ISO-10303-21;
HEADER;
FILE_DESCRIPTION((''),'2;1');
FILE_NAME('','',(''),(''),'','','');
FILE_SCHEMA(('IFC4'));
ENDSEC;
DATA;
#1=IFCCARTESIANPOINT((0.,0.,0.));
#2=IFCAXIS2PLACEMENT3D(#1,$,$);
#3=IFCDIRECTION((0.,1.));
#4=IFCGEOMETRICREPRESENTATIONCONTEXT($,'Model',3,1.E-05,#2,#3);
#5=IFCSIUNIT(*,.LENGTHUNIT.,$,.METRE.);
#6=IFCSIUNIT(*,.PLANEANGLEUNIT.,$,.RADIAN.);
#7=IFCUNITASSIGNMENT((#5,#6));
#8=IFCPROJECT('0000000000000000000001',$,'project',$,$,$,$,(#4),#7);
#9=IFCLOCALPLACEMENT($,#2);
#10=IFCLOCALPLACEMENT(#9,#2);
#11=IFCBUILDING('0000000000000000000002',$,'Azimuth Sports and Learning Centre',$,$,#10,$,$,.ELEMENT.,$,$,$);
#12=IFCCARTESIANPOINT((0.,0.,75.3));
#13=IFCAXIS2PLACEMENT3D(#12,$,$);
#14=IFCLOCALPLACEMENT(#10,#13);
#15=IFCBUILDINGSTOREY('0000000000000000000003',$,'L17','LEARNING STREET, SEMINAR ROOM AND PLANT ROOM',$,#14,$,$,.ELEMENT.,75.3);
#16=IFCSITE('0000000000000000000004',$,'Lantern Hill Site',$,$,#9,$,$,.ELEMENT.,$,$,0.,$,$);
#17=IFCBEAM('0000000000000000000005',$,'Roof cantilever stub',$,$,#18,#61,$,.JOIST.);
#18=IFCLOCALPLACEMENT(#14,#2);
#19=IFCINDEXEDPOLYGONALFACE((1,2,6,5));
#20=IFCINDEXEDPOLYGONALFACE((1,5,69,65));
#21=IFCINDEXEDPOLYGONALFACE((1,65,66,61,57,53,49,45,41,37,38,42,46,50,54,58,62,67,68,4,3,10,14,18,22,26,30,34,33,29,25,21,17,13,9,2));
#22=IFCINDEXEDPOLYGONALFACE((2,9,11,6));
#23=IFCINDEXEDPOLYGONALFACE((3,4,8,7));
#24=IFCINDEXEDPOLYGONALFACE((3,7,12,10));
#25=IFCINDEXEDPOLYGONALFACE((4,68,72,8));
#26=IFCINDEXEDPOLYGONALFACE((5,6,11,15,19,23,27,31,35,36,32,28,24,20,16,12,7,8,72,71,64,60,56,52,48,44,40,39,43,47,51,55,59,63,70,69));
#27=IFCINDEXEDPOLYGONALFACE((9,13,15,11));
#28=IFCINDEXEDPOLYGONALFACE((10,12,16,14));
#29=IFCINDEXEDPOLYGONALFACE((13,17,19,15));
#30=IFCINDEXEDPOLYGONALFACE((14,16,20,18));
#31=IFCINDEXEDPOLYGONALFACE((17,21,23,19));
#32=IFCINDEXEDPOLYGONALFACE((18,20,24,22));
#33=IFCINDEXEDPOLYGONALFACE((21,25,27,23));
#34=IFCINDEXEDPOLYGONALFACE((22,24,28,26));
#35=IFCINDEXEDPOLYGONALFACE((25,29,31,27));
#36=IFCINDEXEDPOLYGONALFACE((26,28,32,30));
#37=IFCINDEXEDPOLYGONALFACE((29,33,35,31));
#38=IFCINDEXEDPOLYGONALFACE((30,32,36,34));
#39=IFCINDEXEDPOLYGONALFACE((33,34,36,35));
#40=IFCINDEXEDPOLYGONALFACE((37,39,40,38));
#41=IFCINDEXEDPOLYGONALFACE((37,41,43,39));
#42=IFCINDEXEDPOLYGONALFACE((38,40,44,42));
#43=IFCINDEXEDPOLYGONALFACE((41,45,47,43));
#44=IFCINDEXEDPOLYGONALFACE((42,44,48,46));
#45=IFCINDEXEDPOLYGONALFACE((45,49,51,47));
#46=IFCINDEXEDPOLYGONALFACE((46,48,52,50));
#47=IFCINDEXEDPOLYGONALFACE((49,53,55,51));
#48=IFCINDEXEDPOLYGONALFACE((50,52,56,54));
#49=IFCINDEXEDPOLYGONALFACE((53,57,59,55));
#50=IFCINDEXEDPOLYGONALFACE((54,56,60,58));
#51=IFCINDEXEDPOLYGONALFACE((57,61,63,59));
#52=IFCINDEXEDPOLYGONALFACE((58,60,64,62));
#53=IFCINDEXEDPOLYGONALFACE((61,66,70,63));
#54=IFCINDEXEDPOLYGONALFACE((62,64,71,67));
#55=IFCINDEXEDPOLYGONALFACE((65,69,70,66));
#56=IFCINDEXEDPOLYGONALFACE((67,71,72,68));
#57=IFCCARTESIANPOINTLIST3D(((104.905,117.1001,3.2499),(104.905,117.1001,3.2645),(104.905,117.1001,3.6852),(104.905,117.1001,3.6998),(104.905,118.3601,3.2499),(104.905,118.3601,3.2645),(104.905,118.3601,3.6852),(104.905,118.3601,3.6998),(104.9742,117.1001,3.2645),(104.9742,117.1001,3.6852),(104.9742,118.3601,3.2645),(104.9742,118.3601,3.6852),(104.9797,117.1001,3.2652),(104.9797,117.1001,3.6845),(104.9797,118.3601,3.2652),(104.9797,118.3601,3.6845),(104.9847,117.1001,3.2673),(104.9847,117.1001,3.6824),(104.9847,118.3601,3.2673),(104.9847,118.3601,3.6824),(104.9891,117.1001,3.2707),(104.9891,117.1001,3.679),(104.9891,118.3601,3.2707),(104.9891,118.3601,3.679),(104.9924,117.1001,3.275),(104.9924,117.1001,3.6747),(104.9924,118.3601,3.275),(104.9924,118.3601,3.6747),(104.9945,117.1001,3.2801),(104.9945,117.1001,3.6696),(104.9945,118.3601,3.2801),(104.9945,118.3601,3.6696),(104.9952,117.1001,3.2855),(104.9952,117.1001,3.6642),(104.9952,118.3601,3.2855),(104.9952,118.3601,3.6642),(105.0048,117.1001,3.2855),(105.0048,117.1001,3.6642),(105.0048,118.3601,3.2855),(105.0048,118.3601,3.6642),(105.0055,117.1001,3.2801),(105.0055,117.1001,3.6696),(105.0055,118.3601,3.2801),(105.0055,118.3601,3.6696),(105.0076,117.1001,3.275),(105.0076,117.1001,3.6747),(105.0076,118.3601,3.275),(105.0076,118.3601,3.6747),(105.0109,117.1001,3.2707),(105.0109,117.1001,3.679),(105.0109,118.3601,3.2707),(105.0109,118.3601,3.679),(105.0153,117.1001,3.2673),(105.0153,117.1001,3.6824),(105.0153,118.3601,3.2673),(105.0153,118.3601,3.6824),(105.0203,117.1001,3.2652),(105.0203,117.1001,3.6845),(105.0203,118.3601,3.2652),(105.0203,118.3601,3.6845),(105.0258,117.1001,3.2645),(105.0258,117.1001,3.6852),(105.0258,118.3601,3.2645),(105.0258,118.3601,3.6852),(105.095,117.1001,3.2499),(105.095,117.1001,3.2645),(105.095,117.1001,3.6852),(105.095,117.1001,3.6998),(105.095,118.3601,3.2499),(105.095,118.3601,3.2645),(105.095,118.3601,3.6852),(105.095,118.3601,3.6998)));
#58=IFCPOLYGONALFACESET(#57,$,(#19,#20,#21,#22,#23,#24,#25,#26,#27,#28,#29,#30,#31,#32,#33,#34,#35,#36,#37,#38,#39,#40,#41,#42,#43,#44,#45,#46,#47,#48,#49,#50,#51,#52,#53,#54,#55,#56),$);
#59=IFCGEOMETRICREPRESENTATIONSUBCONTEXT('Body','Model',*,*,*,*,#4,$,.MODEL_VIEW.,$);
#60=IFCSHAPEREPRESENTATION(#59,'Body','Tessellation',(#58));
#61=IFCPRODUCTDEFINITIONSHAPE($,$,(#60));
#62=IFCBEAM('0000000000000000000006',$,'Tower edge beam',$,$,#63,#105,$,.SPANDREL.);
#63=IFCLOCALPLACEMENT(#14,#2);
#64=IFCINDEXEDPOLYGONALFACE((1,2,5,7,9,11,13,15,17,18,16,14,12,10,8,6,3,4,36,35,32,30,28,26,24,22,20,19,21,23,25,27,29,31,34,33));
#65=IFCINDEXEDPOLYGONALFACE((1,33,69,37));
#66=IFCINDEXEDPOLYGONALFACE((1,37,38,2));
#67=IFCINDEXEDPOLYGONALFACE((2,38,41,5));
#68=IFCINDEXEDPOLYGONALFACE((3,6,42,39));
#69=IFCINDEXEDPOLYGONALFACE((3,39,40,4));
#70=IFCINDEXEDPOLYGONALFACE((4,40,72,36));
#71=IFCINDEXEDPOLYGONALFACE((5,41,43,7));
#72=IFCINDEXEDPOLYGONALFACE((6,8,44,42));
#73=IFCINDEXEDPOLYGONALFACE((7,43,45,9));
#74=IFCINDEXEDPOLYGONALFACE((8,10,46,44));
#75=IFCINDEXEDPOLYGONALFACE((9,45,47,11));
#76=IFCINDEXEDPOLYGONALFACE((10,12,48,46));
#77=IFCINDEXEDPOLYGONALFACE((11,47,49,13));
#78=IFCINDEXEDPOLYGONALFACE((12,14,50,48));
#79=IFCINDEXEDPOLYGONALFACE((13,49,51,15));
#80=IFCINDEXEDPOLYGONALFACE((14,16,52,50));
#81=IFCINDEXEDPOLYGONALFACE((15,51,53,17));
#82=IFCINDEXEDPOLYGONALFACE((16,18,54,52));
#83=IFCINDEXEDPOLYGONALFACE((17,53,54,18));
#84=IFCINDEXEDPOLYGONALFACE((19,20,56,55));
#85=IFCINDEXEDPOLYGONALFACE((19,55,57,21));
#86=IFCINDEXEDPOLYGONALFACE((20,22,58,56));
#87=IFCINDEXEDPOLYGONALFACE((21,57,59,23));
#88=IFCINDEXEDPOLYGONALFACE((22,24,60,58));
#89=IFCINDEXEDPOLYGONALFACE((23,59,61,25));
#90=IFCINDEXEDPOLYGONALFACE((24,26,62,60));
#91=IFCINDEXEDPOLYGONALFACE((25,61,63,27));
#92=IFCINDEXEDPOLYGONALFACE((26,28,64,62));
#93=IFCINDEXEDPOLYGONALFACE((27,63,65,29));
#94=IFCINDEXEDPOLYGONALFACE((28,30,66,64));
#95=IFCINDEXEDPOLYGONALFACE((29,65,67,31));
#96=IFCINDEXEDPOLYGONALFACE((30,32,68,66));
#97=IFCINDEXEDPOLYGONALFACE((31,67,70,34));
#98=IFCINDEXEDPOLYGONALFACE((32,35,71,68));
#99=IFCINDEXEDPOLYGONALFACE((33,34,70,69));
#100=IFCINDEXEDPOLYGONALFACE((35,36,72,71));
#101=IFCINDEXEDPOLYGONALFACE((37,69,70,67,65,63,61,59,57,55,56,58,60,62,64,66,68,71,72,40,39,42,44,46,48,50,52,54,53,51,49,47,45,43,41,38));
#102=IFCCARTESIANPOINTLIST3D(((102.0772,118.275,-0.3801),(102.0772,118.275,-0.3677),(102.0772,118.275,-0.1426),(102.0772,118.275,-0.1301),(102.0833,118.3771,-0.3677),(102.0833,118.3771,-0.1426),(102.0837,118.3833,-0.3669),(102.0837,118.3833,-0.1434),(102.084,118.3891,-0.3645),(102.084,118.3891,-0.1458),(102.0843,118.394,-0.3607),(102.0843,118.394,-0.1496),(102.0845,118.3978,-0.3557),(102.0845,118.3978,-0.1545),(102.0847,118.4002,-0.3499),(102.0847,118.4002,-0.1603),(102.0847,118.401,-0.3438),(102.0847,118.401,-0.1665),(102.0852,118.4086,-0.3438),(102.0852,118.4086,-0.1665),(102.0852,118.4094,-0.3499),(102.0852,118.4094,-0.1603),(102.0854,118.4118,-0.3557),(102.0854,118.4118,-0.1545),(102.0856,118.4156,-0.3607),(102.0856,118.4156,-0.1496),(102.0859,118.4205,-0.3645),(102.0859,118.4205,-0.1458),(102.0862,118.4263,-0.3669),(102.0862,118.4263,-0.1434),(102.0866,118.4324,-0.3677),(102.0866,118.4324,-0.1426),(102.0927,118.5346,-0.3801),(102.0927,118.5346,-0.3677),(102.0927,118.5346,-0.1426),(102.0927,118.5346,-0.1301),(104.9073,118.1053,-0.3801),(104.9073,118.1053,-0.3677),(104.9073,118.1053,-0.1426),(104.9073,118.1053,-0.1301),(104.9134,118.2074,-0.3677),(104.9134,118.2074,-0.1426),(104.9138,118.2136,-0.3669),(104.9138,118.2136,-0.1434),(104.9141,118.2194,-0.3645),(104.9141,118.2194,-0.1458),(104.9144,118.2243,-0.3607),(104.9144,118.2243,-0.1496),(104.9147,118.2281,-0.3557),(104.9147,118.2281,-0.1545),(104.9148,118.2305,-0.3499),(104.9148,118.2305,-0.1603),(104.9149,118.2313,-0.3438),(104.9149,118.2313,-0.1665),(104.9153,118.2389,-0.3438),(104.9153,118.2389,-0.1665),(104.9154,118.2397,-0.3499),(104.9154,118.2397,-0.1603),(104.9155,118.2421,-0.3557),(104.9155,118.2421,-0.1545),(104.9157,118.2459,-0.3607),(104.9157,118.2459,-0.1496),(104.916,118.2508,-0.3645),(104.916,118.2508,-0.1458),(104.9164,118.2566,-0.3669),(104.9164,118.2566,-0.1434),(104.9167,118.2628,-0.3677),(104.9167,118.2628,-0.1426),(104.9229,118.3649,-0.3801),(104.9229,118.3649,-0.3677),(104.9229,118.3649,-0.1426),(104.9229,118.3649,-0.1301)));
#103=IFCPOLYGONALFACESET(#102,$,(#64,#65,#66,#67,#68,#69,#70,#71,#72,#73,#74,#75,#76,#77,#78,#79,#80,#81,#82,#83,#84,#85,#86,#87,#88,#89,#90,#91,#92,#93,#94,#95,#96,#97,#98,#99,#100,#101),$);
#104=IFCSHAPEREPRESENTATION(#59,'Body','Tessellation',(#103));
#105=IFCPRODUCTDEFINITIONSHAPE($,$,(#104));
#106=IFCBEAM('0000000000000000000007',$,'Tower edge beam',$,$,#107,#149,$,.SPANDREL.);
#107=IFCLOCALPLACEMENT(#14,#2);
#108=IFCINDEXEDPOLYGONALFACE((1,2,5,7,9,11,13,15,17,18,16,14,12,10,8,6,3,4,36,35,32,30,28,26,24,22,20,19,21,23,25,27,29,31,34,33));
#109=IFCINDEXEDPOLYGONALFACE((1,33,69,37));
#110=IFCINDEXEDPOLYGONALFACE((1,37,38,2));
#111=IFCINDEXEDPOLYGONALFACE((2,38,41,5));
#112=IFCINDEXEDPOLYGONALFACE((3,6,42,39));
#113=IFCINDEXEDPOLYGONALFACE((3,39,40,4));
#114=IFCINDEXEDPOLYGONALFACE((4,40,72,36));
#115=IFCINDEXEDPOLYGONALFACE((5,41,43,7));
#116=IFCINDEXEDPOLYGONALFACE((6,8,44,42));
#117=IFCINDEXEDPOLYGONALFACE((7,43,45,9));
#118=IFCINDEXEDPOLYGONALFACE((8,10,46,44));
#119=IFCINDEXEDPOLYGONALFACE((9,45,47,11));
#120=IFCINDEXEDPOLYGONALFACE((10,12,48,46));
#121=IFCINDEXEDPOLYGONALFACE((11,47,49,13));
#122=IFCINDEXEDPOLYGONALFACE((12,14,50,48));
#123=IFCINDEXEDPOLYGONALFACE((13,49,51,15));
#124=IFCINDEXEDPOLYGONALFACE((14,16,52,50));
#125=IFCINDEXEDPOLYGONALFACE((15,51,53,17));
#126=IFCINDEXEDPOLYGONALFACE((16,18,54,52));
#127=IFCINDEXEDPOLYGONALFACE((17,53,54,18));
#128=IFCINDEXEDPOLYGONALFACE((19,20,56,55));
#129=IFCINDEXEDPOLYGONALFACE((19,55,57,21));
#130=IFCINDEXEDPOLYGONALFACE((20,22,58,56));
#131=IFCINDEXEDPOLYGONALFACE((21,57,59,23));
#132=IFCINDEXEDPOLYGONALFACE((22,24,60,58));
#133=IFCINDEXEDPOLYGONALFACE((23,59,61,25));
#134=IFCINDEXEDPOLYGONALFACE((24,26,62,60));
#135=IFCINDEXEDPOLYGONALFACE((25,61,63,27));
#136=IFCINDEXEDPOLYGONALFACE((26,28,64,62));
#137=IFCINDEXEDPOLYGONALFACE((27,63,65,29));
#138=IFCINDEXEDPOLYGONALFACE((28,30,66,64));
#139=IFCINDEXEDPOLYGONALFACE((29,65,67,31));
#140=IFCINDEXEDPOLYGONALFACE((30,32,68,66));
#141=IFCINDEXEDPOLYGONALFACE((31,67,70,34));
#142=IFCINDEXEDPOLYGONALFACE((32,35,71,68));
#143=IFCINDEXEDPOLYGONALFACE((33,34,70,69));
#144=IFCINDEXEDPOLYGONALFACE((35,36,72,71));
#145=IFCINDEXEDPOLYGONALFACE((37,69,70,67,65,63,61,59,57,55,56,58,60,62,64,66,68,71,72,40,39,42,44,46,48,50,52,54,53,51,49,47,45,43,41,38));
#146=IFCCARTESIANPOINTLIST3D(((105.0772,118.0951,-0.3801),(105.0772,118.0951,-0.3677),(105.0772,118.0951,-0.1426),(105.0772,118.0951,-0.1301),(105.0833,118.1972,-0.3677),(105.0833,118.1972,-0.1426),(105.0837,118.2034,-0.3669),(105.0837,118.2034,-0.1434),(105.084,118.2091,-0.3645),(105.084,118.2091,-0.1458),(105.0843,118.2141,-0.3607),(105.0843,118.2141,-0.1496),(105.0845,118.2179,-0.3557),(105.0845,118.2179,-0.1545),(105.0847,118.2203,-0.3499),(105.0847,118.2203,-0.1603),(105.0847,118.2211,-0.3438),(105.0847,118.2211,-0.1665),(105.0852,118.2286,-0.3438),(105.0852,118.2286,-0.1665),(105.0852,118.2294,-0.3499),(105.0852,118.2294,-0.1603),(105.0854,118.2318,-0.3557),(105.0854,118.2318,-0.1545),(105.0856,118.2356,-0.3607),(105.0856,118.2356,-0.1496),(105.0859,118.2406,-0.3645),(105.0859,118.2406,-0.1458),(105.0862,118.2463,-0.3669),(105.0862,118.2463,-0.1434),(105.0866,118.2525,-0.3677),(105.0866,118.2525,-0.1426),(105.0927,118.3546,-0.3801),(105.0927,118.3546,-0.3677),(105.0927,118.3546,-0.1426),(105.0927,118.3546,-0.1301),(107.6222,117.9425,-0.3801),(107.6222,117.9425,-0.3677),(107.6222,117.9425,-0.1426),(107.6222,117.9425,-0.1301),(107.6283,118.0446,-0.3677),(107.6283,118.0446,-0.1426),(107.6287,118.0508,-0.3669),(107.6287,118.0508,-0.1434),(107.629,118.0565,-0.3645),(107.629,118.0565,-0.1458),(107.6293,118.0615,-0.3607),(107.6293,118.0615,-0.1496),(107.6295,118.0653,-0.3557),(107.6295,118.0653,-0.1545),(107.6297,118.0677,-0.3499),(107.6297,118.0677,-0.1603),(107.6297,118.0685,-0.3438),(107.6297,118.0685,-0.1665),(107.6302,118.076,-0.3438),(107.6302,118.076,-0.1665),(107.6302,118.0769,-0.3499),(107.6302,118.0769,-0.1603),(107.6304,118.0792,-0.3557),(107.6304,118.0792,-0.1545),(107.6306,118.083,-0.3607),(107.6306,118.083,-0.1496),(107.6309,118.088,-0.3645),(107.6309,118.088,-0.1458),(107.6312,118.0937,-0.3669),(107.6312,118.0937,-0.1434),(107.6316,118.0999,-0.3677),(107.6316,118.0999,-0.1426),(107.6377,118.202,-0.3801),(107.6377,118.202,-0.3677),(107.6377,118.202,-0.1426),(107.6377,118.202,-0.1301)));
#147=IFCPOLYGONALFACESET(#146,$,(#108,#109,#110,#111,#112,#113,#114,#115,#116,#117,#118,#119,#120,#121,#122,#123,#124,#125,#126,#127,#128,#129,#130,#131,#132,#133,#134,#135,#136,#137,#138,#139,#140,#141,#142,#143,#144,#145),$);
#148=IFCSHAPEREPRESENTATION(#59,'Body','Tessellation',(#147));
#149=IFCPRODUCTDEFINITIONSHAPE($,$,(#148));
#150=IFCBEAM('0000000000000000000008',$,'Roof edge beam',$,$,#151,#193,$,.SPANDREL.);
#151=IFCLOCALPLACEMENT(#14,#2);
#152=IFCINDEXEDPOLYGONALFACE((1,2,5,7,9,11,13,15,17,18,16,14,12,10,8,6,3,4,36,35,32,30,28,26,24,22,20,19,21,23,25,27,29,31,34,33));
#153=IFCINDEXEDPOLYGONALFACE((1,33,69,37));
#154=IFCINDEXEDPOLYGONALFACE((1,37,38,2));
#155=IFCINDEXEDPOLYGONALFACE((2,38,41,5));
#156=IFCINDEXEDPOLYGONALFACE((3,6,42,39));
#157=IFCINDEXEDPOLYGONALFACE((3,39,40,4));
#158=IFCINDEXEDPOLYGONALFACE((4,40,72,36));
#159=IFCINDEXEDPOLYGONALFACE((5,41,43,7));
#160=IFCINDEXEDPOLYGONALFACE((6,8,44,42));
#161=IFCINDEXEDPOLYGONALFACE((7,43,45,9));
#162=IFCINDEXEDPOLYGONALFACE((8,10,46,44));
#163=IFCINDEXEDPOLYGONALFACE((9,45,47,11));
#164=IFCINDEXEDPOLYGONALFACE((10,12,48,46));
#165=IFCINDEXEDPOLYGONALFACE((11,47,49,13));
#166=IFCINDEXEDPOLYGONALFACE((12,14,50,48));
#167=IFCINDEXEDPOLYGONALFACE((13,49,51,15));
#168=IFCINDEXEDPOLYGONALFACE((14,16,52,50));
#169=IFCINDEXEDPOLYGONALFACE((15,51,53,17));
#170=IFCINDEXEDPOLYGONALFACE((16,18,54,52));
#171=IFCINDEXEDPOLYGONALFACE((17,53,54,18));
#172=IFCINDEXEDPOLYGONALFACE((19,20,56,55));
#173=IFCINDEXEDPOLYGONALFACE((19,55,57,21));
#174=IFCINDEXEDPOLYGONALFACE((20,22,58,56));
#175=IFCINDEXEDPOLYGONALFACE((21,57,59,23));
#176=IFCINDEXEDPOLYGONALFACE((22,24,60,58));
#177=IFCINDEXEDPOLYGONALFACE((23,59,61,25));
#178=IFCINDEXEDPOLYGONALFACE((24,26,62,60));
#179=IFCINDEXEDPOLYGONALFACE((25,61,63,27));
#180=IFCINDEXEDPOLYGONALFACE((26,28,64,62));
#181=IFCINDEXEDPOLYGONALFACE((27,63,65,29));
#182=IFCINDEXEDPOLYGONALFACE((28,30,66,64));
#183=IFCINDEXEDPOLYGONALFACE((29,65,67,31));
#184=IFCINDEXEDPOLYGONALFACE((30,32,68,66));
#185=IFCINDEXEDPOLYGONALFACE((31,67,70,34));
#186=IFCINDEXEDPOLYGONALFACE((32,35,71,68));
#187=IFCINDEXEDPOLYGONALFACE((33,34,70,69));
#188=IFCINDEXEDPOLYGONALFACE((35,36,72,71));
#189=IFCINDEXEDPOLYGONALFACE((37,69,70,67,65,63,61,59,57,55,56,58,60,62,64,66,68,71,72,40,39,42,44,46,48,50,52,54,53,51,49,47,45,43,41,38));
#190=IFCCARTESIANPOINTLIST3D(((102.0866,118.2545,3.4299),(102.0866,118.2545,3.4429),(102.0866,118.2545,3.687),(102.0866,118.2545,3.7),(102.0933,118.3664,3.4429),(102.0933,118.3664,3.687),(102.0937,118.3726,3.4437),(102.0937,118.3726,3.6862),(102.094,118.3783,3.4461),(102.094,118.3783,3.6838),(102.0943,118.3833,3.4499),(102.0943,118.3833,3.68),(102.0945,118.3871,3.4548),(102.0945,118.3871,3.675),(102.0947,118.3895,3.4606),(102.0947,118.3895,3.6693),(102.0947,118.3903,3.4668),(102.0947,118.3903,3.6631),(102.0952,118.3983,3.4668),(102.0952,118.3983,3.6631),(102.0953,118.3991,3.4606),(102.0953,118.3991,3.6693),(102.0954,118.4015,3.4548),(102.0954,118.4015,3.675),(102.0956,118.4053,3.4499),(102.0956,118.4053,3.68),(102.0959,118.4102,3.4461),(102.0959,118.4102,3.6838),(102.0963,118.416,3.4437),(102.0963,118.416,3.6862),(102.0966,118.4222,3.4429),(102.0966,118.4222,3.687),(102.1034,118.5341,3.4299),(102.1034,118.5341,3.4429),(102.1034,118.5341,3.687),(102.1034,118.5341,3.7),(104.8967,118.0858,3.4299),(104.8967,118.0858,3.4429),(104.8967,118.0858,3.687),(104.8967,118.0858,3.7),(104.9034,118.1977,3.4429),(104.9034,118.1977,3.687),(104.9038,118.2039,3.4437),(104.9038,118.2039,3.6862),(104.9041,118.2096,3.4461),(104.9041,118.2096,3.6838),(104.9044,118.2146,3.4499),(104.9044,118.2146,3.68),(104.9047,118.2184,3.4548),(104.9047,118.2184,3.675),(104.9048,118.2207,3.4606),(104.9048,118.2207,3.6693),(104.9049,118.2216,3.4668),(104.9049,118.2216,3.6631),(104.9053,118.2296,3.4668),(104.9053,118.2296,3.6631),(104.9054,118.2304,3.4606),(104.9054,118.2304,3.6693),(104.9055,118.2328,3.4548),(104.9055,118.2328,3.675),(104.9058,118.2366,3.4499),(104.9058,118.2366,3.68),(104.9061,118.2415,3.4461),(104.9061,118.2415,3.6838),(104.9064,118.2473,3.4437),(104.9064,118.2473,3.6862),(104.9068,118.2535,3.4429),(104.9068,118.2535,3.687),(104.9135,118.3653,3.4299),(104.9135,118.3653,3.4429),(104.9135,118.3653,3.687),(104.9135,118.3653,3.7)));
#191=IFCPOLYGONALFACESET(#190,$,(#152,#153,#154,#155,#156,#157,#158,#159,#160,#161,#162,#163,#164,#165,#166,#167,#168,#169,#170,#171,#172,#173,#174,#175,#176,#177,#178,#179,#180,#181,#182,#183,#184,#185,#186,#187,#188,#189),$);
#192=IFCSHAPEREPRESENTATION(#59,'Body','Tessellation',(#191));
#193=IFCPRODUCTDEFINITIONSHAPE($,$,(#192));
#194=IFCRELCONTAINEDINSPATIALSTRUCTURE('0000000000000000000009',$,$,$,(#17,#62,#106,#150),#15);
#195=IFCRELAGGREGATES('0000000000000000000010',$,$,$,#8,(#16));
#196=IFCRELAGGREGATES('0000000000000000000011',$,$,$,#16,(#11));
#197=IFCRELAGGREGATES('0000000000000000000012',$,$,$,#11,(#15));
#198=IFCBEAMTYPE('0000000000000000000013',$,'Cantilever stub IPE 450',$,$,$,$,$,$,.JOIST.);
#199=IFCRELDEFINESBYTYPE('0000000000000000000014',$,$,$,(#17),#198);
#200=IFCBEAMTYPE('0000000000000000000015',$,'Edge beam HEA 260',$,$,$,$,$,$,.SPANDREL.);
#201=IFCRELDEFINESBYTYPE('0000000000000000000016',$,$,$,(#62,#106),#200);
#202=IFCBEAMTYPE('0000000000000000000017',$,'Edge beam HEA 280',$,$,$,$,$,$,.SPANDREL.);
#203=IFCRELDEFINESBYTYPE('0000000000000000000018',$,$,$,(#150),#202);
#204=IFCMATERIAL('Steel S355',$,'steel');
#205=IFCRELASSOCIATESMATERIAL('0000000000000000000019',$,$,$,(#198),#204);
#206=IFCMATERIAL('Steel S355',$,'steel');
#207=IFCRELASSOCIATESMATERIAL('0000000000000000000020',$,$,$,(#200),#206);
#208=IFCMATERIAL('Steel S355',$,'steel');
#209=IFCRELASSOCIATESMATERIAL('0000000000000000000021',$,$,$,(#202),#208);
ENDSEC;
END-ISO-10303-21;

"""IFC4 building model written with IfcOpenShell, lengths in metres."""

from ifc_helpers import new_model, si_unit, direction, frame, origin, origin_2d, place, context, subcontext, project, spatial, i_section, extrude, material, material_profile, profile_set, type_object, element, save


model = new_model("IFC4")

# Units and contexts
model_context = context("Model", 3, precision=1e-05, world=origin(), true_north=direction((0.0, 1.0)))
body_context = subcontext(model_context, "Body", "Model", "MODEL_VIEW")
ifc_project = project(units=[si_unit("LENGTHUNIT", "METRE"), si_unit("PLANEANGLEUNIT", "RADIAN")], contexts=[model_context])

# Site, building, storey
site_placement = place(None, origin())
site = spatial("IfcSite", under=ifc_project, at=site_placement, Name="Lantern Hill Site", CompositionType="ELEMENT", RefElevation=0.0)
building_placement = place(site_placement, origin())
building = spatial("IfcBuilding", under=site, at=building_placement, Name="Azimuth Sports and Learning Centre", CompositionType="ELEMENT")
storey_placement = place(building_placement, frame((0.0, 0.0, 75.3)))
storey = spatial("IfcBuildingStorey", under=building, at=storey_placement, Name="L17", Description="LEARNING STREET, SEMINAR ROOM AND PLANT ROOM", CompositionType="ELEMENT", Elevation=75.3)

# Beams
ifc_material_1 = material(Name="Steel S355", Category="steel")
ifc_material_profile_1 = material_profile(ifc_material_1, i_section(OverallWidth=0.1899, OverallDepth=0.45, WebThickness=0.0095, FlangeThickness=0.0146, FilletRadius=0.021, at=origin_2d()), Name="IPE 450")
ifc_profile_set_1 = profile_set([ifc_material_profile_1], Name="Steel S355")
beam_type_1 = type_object("IfcBeamType", Name="Cantilever stub IPE 450", PredefinedType="JOIST", material=ifc_profile_set_1)
beam_1_placement = place(storey_placement, frame((105.0, 117.1001, 3.4749), z_axis=(0.0, 1.0, 0.0), x_axis=(-1.0, 0.0, 0.0)))
element("IfcBeam", 1, at=beam_1_placement, inside=storey, type_object=beam_type_1, Name="Roof cantilever stub", PredefinedType="JOIST", context=body_context, shape_type="SweptSolid", body=[
    extrude(i_section(OverallWidth=0.1899, OverallDepth=0.45, WebThickness=0.0095, FlangeThickness=0.0146, FilletRadius=0.021, at=origin_2d()), origin(), (0.0, 0.0, 1.0), 1.26),
])
ifc_material_2 = material(Name="Steel S355", Category="steel")
ifc_material_profile_2 = material_profile(ifc_material_2, i_section(OverallWidth=0.26, OverallDepth=0.25, WebThickness=0.0076, FlangeThickness=0.0125, FilletRadius=0.0239, at=origin_2d()), Name="HEA 260")
ifc_profile_set_2 = profile_set([ifc_material_profile_2], Name="Steel S355")
beam_type_2 = type_object("IfcBeamType", Name="Edge beam HEA 260", PredefinedType="SPANDREL", material=ifc_profile_set_2)
beam_2_placement = place(storey_placement, frame((102.085, 118.4048, -0.2551), z_axis=(0.998208, -0.059848, 0.0), x_axis=(0.059848, 0.998208, 0.0)))
element("IfcBeam", 2, at=beam_2_placement, inside=storey, type_object=beam_type_2, Name="Tower edge beam", PredefinedType="SPANDREL", context=body_context, shape_type="SweptSolid", body=[
    extrude(i_section(OverallWidth=0.26, OverallDepth=0.25, WebThickness=0.0076, FlangeThickness=0.0125, FilletRadius=0.0239, at=origin_2d()), origin(), (0.0, 0.0, 1.0), 2.8352),
])
beam_3_placement = place(storey_placement, frame((105.085, 118.2249, -0.2551), z_axis=(0.998207, -0.05985, 0.0), x_axis=(0.05985, 0.998207, 0.0)))
element("IfcBeam", 3, at=beam_3_placement, inside=storey, type_object=beam_type_2, Name="Tower edge beam", PredefinedType="SPANDREL", context=body_context, shape_type="SweptSolid", body=[
    extrude(i_section(OverallWidth=0.26, OverallDepth=0.25, WebThickness=0.0076, FlangeThickness=0.0125, FilletRadius=0.0239, at=origin_2d()), origin(), (0.0, 0.0, 1.0), 2.5496),
])
ifc_material_3 = material(Name="Steel S355", Category="steel")
ifc_material_profile_3 = material_profile(ifc_material_3, i_section(OverallWidth=0.28, OverallDepth=0.27, WebThickness=0.0081, FlangeThickness=0.0129, FilletRadius=0.0239, at=origin_2d()), Name="HEA 280")
ifc_profile_set_3 = profile_set([ifc_material_profile_3], Name="Steel S355")
beam_type_3 = type_object("IfcBeamType", Name="Edge beam HEA 280", PredefinedType="SPANDREL", material=ifc_profile_set_3)
beam_4_placement = place(storey_placement, frame((102.095, 118.3943, 3.5649), z_axis=(0.998203, -0.059927, 0.0), x_axis=(0.059927, 0.998203, 0.0)))
element("IfcBeam", 4, at=beam_4_placement, inside=storey, type_object=beam_type_3, Name="Roof edge beam", PredefinedType="SPANDREL", context=body_context, shape_type="SweptSolid", body=[
    extrude(i_section(OverallWidth=0.28, OverallDepth=0.27, WebThickness=0.0081, FlangeThickness=0.0129, FilletRadius=0.0239, at=origin_2d()), origin(), (0.0, 0.0, 1.0), 2.8152),
])

save(model, "model.ifc")
